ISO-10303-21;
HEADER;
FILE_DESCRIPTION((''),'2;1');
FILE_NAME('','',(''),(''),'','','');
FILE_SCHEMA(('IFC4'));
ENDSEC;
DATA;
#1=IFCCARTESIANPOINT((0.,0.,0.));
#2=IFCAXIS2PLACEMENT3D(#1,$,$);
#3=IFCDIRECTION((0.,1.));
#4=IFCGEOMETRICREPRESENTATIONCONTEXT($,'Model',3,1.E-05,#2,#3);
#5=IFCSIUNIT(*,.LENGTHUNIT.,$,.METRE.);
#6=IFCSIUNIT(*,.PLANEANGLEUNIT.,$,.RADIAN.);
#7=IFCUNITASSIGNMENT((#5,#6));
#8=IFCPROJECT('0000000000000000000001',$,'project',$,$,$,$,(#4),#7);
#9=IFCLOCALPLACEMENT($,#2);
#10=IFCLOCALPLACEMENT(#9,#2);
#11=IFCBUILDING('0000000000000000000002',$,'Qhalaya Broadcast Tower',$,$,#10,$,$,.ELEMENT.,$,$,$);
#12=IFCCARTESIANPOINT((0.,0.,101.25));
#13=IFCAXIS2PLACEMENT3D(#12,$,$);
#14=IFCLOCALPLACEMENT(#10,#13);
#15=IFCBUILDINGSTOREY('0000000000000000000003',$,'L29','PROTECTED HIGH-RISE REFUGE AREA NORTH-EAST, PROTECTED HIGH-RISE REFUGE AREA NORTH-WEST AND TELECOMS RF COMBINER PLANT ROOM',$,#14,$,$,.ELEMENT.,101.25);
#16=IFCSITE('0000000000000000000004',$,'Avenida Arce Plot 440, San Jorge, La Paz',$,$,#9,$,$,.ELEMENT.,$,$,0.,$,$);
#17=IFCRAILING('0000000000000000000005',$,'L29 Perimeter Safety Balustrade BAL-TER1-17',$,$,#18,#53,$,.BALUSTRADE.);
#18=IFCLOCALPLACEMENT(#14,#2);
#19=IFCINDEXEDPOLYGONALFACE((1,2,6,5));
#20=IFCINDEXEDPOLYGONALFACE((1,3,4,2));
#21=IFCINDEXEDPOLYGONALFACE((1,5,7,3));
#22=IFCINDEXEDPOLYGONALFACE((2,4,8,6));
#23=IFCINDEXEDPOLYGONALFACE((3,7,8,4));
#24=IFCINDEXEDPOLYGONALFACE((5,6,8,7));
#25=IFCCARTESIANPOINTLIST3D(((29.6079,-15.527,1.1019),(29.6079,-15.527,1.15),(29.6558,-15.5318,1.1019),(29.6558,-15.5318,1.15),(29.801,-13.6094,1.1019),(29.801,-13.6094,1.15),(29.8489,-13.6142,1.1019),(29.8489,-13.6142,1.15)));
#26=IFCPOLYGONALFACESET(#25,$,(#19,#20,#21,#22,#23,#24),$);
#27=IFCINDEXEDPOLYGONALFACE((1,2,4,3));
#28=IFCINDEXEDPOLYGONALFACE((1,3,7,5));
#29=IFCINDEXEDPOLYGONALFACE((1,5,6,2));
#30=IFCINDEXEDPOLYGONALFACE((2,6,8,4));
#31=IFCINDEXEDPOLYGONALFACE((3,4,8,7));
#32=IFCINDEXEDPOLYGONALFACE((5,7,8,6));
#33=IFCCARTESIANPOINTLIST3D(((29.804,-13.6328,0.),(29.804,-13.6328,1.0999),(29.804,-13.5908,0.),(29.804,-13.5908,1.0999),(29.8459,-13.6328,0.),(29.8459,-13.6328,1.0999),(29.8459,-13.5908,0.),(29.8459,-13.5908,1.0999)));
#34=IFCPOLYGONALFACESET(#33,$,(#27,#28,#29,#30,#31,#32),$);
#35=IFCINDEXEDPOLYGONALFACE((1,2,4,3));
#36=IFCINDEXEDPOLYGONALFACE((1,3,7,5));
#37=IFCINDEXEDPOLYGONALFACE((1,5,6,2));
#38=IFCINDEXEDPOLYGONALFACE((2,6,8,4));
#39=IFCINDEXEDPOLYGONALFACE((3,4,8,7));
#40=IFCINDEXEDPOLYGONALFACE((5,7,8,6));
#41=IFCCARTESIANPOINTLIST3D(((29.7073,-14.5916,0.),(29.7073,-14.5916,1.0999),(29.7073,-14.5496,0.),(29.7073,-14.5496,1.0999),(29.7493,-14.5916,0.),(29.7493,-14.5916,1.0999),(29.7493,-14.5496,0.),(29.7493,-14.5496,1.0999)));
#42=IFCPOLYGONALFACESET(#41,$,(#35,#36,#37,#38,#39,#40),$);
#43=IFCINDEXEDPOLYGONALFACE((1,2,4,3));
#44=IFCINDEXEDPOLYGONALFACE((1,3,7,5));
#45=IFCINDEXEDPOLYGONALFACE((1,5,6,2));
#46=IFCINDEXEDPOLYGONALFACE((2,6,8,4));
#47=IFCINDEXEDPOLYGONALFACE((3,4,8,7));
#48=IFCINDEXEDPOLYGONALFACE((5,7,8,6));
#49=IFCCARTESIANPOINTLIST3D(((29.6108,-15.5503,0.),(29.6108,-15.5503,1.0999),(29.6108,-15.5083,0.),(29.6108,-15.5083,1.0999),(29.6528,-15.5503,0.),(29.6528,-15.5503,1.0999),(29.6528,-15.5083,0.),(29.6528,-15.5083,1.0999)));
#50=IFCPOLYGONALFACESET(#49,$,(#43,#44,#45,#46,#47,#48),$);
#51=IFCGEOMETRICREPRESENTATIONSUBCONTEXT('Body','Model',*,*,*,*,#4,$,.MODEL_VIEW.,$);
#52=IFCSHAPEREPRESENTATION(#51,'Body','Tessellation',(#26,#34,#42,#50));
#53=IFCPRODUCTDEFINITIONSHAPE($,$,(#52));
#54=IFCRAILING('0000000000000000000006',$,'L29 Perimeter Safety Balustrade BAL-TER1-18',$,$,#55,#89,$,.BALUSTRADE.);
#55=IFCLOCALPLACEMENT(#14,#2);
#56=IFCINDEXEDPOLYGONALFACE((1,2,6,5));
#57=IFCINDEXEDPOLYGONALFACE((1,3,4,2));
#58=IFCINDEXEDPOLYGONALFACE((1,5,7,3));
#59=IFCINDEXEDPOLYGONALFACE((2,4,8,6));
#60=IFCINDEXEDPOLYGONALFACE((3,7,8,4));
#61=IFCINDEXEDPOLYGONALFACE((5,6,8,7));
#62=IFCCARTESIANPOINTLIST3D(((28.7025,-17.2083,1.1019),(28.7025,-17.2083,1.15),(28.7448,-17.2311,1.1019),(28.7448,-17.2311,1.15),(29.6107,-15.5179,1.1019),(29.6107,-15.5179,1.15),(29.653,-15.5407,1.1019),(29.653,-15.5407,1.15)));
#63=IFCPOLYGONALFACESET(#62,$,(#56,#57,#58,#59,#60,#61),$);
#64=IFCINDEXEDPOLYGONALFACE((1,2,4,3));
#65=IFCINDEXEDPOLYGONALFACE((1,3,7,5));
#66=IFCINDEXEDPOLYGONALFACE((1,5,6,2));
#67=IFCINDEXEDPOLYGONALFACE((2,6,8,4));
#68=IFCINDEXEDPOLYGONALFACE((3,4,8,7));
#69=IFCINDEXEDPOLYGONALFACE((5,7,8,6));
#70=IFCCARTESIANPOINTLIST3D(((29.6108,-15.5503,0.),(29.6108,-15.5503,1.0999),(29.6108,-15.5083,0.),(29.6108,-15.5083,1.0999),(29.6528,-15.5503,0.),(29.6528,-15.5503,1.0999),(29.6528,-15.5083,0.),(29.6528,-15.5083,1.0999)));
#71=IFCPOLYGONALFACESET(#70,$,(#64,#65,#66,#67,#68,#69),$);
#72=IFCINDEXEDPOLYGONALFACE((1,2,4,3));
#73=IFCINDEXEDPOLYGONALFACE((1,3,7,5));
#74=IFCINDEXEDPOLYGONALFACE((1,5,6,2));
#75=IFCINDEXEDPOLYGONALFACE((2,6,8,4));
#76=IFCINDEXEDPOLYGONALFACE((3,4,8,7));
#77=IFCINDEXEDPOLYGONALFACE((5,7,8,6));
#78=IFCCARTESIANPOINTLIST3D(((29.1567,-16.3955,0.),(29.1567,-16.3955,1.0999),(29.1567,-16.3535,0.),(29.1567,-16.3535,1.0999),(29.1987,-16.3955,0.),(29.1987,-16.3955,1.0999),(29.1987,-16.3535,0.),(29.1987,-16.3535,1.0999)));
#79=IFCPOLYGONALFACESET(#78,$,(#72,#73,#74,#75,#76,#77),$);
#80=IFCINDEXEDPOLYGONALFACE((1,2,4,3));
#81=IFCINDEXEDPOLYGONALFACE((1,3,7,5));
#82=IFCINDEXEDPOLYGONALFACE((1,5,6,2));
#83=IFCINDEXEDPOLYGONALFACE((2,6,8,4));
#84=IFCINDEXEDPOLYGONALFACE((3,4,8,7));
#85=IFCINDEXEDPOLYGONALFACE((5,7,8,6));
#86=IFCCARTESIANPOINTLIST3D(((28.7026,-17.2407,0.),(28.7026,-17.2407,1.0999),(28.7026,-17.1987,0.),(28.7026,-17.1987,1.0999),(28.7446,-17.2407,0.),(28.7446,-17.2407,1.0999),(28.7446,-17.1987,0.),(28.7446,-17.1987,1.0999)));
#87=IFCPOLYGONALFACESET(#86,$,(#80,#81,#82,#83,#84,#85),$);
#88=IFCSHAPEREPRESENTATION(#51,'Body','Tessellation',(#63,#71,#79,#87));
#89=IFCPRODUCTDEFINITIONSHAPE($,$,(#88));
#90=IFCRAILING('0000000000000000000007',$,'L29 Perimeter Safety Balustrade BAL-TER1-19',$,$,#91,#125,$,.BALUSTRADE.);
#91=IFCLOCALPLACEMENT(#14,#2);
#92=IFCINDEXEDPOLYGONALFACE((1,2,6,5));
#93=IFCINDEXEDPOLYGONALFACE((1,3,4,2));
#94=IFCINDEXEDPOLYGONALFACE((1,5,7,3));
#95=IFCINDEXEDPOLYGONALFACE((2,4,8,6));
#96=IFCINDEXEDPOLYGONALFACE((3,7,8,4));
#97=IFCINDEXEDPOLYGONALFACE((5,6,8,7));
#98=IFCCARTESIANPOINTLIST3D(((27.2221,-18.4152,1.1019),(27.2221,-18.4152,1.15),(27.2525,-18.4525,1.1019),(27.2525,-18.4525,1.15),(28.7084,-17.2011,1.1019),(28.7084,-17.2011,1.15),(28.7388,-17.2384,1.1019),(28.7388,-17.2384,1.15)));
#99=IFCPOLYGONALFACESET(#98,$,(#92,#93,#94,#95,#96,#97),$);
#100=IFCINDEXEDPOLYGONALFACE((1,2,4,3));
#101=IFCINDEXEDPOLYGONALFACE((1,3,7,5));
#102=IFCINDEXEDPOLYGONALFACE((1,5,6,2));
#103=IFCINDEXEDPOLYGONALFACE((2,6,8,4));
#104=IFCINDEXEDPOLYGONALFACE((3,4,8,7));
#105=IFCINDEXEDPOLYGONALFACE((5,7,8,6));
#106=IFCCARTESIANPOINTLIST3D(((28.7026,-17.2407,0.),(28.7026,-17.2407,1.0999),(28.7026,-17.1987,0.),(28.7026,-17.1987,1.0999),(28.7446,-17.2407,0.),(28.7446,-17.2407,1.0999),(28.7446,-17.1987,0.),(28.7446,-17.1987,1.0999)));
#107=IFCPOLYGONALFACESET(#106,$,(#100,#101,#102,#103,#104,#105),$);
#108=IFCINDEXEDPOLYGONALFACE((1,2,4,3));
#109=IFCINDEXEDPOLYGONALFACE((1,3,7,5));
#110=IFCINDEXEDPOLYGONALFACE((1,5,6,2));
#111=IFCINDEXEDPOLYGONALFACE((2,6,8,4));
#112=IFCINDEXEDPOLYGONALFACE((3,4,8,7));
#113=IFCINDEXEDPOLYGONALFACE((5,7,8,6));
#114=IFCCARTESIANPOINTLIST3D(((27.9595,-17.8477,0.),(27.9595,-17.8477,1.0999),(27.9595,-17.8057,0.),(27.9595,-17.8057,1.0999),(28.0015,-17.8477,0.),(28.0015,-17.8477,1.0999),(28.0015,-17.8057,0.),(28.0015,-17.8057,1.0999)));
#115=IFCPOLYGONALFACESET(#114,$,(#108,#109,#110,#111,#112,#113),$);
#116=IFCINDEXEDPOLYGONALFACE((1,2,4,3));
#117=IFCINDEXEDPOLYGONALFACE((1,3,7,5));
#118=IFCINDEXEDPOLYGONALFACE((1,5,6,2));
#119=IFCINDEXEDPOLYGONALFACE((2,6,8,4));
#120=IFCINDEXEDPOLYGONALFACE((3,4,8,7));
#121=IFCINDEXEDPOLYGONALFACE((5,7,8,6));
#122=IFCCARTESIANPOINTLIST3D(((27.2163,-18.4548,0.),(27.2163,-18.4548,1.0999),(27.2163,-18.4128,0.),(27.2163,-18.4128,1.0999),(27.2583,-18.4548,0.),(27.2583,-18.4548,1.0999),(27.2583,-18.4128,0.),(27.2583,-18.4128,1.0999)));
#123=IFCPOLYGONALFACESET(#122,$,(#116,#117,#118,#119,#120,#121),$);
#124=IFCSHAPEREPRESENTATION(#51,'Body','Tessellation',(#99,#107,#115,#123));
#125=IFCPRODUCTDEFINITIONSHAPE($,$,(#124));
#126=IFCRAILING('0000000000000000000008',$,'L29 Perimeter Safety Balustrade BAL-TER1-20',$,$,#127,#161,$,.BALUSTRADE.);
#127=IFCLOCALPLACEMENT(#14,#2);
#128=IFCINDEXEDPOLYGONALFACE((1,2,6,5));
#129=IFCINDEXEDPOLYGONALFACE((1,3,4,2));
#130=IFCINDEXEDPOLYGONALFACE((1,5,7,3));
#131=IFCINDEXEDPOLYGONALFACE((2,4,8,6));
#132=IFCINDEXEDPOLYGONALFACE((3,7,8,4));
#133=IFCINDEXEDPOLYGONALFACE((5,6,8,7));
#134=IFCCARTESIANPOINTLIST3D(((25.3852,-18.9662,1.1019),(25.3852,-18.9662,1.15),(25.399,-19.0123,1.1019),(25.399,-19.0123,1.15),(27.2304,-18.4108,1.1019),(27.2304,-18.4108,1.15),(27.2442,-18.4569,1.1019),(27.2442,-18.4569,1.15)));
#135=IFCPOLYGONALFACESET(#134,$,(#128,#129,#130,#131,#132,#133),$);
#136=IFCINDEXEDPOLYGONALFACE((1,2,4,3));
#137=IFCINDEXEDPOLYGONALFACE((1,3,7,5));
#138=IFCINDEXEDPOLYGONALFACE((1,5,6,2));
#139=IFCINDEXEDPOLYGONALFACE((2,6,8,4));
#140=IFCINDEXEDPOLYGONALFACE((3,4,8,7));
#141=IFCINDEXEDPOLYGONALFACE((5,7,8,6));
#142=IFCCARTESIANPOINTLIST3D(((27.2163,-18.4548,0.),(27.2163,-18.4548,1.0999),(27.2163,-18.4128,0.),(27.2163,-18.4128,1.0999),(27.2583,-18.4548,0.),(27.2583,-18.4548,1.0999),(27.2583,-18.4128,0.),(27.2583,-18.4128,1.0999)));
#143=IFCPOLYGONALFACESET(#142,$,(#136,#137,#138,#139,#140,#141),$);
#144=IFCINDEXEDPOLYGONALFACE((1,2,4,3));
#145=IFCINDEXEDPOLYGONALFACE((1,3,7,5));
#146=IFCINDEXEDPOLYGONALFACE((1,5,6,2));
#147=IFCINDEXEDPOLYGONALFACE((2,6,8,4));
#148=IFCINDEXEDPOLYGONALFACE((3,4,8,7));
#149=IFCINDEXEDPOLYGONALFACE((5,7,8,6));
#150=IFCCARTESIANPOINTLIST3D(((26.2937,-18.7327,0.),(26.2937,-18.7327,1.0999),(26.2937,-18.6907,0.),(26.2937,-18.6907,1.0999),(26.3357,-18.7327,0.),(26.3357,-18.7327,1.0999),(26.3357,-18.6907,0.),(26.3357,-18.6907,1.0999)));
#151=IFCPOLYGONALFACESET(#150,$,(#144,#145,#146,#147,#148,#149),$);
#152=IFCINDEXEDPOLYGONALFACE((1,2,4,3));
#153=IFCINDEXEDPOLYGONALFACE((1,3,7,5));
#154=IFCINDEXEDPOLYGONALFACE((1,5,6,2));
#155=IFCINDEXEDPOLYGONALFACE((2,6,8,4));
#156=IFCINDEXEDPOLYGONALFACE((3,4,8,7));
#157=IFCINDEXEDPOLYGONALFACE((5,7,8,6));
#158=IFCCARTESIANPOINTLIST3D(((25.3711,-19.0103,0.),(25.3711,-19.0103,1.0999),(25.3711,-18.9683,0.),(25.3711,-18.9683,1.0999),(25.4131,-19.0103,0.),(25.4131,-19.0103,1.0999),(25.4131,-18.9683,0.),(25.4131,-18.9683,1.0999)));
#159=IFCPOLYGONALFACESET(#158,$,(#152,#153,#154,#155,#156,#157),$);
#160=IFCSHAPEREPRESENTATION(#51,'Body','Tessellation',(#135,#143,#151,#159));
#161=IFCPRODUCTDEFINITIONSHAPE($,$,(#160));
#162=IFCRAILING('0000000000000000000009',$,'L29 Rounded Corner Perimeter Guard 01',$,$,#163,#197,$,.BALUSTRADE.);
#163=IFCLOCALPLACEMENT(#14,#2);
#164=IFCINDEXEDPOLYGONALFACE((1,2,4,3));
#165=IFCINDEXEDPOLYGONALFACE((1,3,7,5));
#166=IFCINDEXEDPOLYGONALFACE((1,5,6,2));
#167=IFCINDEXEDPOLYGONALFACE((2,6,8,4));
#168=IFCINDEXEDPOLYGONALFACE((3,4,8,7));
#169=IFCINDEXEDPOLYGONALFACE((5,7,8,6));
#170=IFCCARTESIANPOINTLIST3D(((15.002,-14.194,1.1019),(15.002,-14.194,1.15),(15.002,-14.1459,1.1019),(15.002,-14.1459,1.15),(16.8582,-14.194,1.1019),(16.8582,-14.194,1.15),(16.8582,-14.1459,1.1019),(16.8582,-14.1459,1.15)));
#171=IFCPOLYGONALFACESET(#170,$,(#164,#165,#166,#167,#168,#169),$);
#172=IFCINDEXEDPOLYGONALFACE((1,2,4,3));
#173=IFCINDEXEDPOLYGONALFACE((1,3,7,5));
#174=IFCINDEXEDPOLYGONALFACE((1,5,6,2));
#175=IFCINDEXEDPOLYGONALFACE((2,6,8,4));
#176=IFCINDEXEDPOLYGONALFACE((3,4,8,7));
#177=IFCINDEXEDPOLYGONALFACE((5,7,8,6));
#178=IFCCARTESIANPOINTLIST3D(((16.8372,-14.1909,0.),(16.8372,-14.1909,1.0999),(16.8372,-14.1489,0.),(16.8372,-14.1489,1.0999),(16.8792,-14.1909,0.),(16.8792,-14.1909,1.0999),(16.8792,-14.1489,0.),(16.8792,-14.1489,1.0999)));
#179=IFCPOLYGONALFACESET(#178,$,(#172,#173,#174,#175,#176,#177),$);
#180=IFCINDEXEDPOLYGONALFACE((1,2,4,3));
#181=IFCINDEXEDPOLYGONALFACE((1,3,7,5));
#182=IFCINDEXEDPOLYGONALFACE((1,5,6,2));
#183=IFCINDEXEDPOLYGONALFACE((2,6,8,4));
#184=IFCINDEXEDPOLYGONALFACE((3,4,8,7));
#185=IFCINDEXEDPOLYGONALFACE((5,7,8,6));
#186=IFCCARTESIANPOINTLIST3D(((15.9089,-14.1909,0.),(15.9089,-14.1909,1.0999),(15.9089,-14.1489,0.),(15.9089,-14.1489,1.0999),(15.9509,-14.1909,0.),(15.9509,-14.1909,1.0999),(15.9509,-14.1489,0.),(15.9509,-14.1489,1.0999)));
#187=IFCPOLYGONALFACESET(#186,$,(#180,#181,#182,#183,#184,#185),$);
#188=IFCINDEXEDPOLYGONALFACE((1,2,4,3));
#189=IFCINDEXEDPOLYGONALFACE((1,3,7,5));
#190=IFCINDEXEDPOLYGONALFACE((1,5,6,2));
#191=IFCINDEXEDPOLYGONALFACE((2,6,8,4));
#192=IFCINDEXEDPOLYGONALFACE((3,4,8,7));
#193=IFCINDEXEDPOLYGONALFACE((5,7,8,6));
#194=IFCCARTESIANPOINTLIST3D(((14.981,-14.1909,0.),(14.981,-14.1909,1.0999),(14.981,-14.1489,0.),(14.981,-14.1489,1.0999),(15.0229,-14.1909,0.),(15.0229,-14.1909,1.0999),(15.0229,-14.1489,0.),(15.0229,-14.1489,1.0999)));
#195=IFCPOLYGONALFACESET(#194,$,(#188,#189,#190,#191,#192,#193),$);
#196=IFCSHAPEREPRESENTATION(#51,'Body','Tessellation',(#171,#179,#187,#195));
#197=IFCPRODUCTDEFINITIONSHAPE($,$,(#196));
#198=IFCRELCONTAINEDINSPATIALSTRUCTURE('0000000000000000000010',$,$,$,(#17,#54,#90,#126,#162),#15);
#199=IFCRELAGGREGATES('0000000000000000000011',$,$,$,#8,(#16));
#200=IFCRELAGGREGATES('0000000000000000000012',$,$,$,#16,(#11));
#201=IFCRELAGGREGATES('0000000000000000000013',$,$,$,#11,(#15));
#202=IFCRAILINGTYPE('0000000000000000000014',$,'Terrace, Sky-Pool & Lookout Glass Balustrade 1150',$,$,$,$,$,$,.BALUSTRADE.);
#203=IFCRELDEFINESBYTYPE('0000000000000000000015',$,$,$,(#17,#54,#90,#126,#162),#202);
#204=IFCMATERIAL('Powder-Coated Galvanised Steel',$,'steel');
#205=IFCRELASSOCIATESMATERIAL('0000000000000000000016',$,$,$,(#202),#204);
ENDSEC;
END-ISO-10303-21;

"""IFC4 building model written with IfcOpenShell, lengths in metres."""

from ifc_helpers import new_model, si_unit, direction, frame, origin, origin_2d, place, context, subcontext, project, spatial, rectangle, extrude, material, type_object, element, save


model = new_model("IFC4")

# Units and contexts
model_context = context("Model", 3, precision=1e-05, world=origin(), true_north=direction((0.0, 1.0)))
body_context = subcontext(model_context, "Body", "Model", "MODEL_VIEW")
ifc_project = project(units=[si_unit("LENGTHUNIT", "METRE"), si_unit("PLANEANGLEUNIT", "RADIAN")], contexts=[model_context])

# Site, building, storey
site_placement = place(None, origin())
site = spatial("IfcSite", under=ifc_project, at=site_placement, Name="Avenida Arce Plot 440, San Jorge, La Paz", CompositionType="ELEMENT", RefElevation=0.0)
building_placement = place(site_placement, origin())
building = spatial("IfcBuilding", under=site, at=building_placement, Name="Qhalaya Broadcast Tower", CompositionType="ELEMENT")
storey_placement = place(building_placement, frame((0.0, 0.0, 101.25)))
storey = spatial("IfcBuildingStorey", under=building, at=storey_placement, Name="L29", Description="PROTECTED HIGH-RISE REFUGE AREA NORTH-EAST, PROTECTED HIGH-RISE REFUGE AREA NORTH-WEST AND TELECOMS RF COMBINER PLANT ROOM", CompositionType="ELEMENT", Elevation=101.25)

# Railings
ifc_material_1 = material(Name="Powder-Coated Galvanised Steel", Category="steel")
railing_type = type_object("IfcRailingType", Name="Terrace, Sky-Pool & Lookout Glass Balustrade 1150", PredefinedType="BALUSTRADE", material=ifc_material_1)
railing_1_placement = place(storey_placement, frame((29.825, -13.6118, 0.0)))
element("IfcRailing", 1, at=railing_1_placement, inside=storey, type_object=railing_type, Name="L29 Perimeter Safety Balustrade BAL-TER1-17", PredefinedType="BALUSTRADE", context=body_context, shape_type="SweptSolid", body=[
    extrude(rectangle(XDim=0.0481, YDim=0.0481, at=origin_2d()), frame((0.0, 0.0, 1.126), z_axis=(-0.100206, -0.994967, 0.0), x_axis=(0.994967, -0.100206, 0.0)), (0.0, 0.0, 1.0), 1.9272),
    extrude(rectangle(XDim=0.042, YDim=0.042, at=origin_2d()), origin(), (0.0, 0.0, 1.0), 1.0999),
    extrude(rectangle(XDim=0.042, YDim=0.042, at=origin_2d()), frame((-0.0967, -0.9587, 0.0)), (0.0, 0.0, 1.0), 1.0999),
    extrude(rectangle(XDim=0.042, YDim=0.042, at=origin_2d()), frame((-0.1931, -1.9175, 0.0)), (0.0, 0.0, 1.0), 1.0999),
])
railing_2_placement = place(storey_placement, frame((29.6318, -15.5293, 0.0)))
element("IfcRailing", 2, at=railing_2_placement, inside=storey, type_object=railing_type, Name="L29 Perimeter Safety Balustrade BAL-TER1-18", PredefinedType="BALUSTRADE", context=body_context, shape_type="SweptSolid", body=[
    extrude(rectangle(XDim=0.0481, YDim=0.0481, at=origin_2d()), frame((0.0, 0.0, 1.126), z_axis=(-0.47328, -0.880912, 0.0), x_axis=(0.880912, -0.47328, 0.0)), (0.0, 0.0, 1.0), 1.9189),
    extrude(rectangle(XDim=0.042, YDim=0.042, at=origin_2d()), origin(), (0.0, 0.0, 1.0), 1.0999),
    extrude(rectangle(XDim=0.042, YDim=0.042, at=origin_2d()), frame((-0.4541, -0.8452, 0.0)), (0.0, 0.0, 1.0), 1.0999),
    extrude(rectangle(XDim=0.042, YDim=0.042, at=origin_2d()), frame((-0.9082, -1.6904, 0.0)), (0.0, 0.0, 1.0), 1.0999),
])
railing_3_placement = place(storey_placement, frame((28.7236, -17.2197, 0.0)))
element("IfcRailing", 3, at=railing_3_placement, inside=storey, type_object=railing_type, Name="L29 Perimeter Safety Balustrade BAL-TER1-19", PredefinedType="BALUSTRADE", context=body_context, shape_type="SweptSolid", body=[
    extrude(rectangle(XDim=0.0481, YDim=0.0481, at=origin_2d()), frame((0.0, 0.0, 1.126), z_axis=(-0.774461, -0.632621, 0.0), x_axis=(0.632621, -0.774461, 0.0)), (0.0, 0.0, 1.0), 1.9192),
    extrude(rectangle(XDim=0.042, YDim=0.042, at=origin_2d()), origin(), (0.0, 0.0, 1.0), 1.0999),
    extrude(rectangle(XDim=0.042, YDim=0.042, at=origin_2d()), frame((-0.7432, -0.6069, 0.0)), (0.0, 0.0, 1.0), 1.0999),
    extrude(rectangle(XDim=0.042, YDim=0.042, at=origin_2d()), frame((-1.4863, -1.2141, 0.0)), (0.0, 0.0, 1.0), 1.0999),
])
railing_4_placement = place(storey_placement, frame((27.2373, -18.4338, 0.0)))
element("IfcRailing", 4, at=railing_4_placement, inside=storey, type_object=railing_type, Name="L29 Perimeter Safety Balustrade BAL-TER1-20", PredefinedType="BALUSTRADE", context=body_context, shape_type="SweptSolid", body=[
    extrude(rectangle(XDim=0.0481, YDim=0.0481, at=origin_2d()), frame((0.0, 0.0, 1.126), z_axis=(-0.957561, -0.288231, 0.0), x_axis=(0.288231, -0.957561, 0.0)), (0.0, 0.0, 1.0), 1.927),
    extrude(rectangle(XDim=0.042, YDim=0.042, at=origin_2d()), origin(), (0.0, 0.0, 1.0), 1.0999),
    extrude(rectangle(XDim=0.042, YDim=0.042, at=origin_2d()), frame((-0.9226, -0.2778, 0.0)), (0.0, 0.0, 1.0), 1.0999),
    extrude(rectangle(XDim=0.042, YDim=0.042, at=origin_2d()), frame((-1.8452, -0.5554, 0.0)), (0.0, 0.0, 1.0), 1.0999),
])
railing_5_placement = place(storey_placement, frame((16.8582, -14.1699, 0.0)))
element("IfcRailing", 5, at=railing_5_placement, inside=storey, type_object=railing_type, Name="L29 Rounded Corner Perimeter Guard 01", PredefinedType="BALUSTRADE", context=body_context, shape_type="SweptSolid", body=[
    extrude(rectangle(XDim=0.0481, YDim=0.0481, at=origin_2d()), frame((0.0, 0.0, 1.126), z_axis=(-1.0, 0.0, 0.0), x_axis=(0.0, -1.0, 0.0)), (0.0, 0.0, 1.0), 1.8562),
    extrude(rectangle(XDim=0.042, YDim=0.042, at=origin_2d()), origin(), (0.0, 0.0, 1.0), 1.0999),
    extrude(rectangle(XDim=0.042, YDim=0.042, at=origin_2d()), frame((-0.9282, 0.0, 0.0)), (0.0, 0.0, 1.0), 1.0999),
    extrude(rectangle(XDim=0.042, YDim=0.042, at=origin_2d()), frame((-1.8562, 0.0, 0.0)), (0.0, 0.0, 1.0), 1.0999),
])

save(model, "model.ifc")
